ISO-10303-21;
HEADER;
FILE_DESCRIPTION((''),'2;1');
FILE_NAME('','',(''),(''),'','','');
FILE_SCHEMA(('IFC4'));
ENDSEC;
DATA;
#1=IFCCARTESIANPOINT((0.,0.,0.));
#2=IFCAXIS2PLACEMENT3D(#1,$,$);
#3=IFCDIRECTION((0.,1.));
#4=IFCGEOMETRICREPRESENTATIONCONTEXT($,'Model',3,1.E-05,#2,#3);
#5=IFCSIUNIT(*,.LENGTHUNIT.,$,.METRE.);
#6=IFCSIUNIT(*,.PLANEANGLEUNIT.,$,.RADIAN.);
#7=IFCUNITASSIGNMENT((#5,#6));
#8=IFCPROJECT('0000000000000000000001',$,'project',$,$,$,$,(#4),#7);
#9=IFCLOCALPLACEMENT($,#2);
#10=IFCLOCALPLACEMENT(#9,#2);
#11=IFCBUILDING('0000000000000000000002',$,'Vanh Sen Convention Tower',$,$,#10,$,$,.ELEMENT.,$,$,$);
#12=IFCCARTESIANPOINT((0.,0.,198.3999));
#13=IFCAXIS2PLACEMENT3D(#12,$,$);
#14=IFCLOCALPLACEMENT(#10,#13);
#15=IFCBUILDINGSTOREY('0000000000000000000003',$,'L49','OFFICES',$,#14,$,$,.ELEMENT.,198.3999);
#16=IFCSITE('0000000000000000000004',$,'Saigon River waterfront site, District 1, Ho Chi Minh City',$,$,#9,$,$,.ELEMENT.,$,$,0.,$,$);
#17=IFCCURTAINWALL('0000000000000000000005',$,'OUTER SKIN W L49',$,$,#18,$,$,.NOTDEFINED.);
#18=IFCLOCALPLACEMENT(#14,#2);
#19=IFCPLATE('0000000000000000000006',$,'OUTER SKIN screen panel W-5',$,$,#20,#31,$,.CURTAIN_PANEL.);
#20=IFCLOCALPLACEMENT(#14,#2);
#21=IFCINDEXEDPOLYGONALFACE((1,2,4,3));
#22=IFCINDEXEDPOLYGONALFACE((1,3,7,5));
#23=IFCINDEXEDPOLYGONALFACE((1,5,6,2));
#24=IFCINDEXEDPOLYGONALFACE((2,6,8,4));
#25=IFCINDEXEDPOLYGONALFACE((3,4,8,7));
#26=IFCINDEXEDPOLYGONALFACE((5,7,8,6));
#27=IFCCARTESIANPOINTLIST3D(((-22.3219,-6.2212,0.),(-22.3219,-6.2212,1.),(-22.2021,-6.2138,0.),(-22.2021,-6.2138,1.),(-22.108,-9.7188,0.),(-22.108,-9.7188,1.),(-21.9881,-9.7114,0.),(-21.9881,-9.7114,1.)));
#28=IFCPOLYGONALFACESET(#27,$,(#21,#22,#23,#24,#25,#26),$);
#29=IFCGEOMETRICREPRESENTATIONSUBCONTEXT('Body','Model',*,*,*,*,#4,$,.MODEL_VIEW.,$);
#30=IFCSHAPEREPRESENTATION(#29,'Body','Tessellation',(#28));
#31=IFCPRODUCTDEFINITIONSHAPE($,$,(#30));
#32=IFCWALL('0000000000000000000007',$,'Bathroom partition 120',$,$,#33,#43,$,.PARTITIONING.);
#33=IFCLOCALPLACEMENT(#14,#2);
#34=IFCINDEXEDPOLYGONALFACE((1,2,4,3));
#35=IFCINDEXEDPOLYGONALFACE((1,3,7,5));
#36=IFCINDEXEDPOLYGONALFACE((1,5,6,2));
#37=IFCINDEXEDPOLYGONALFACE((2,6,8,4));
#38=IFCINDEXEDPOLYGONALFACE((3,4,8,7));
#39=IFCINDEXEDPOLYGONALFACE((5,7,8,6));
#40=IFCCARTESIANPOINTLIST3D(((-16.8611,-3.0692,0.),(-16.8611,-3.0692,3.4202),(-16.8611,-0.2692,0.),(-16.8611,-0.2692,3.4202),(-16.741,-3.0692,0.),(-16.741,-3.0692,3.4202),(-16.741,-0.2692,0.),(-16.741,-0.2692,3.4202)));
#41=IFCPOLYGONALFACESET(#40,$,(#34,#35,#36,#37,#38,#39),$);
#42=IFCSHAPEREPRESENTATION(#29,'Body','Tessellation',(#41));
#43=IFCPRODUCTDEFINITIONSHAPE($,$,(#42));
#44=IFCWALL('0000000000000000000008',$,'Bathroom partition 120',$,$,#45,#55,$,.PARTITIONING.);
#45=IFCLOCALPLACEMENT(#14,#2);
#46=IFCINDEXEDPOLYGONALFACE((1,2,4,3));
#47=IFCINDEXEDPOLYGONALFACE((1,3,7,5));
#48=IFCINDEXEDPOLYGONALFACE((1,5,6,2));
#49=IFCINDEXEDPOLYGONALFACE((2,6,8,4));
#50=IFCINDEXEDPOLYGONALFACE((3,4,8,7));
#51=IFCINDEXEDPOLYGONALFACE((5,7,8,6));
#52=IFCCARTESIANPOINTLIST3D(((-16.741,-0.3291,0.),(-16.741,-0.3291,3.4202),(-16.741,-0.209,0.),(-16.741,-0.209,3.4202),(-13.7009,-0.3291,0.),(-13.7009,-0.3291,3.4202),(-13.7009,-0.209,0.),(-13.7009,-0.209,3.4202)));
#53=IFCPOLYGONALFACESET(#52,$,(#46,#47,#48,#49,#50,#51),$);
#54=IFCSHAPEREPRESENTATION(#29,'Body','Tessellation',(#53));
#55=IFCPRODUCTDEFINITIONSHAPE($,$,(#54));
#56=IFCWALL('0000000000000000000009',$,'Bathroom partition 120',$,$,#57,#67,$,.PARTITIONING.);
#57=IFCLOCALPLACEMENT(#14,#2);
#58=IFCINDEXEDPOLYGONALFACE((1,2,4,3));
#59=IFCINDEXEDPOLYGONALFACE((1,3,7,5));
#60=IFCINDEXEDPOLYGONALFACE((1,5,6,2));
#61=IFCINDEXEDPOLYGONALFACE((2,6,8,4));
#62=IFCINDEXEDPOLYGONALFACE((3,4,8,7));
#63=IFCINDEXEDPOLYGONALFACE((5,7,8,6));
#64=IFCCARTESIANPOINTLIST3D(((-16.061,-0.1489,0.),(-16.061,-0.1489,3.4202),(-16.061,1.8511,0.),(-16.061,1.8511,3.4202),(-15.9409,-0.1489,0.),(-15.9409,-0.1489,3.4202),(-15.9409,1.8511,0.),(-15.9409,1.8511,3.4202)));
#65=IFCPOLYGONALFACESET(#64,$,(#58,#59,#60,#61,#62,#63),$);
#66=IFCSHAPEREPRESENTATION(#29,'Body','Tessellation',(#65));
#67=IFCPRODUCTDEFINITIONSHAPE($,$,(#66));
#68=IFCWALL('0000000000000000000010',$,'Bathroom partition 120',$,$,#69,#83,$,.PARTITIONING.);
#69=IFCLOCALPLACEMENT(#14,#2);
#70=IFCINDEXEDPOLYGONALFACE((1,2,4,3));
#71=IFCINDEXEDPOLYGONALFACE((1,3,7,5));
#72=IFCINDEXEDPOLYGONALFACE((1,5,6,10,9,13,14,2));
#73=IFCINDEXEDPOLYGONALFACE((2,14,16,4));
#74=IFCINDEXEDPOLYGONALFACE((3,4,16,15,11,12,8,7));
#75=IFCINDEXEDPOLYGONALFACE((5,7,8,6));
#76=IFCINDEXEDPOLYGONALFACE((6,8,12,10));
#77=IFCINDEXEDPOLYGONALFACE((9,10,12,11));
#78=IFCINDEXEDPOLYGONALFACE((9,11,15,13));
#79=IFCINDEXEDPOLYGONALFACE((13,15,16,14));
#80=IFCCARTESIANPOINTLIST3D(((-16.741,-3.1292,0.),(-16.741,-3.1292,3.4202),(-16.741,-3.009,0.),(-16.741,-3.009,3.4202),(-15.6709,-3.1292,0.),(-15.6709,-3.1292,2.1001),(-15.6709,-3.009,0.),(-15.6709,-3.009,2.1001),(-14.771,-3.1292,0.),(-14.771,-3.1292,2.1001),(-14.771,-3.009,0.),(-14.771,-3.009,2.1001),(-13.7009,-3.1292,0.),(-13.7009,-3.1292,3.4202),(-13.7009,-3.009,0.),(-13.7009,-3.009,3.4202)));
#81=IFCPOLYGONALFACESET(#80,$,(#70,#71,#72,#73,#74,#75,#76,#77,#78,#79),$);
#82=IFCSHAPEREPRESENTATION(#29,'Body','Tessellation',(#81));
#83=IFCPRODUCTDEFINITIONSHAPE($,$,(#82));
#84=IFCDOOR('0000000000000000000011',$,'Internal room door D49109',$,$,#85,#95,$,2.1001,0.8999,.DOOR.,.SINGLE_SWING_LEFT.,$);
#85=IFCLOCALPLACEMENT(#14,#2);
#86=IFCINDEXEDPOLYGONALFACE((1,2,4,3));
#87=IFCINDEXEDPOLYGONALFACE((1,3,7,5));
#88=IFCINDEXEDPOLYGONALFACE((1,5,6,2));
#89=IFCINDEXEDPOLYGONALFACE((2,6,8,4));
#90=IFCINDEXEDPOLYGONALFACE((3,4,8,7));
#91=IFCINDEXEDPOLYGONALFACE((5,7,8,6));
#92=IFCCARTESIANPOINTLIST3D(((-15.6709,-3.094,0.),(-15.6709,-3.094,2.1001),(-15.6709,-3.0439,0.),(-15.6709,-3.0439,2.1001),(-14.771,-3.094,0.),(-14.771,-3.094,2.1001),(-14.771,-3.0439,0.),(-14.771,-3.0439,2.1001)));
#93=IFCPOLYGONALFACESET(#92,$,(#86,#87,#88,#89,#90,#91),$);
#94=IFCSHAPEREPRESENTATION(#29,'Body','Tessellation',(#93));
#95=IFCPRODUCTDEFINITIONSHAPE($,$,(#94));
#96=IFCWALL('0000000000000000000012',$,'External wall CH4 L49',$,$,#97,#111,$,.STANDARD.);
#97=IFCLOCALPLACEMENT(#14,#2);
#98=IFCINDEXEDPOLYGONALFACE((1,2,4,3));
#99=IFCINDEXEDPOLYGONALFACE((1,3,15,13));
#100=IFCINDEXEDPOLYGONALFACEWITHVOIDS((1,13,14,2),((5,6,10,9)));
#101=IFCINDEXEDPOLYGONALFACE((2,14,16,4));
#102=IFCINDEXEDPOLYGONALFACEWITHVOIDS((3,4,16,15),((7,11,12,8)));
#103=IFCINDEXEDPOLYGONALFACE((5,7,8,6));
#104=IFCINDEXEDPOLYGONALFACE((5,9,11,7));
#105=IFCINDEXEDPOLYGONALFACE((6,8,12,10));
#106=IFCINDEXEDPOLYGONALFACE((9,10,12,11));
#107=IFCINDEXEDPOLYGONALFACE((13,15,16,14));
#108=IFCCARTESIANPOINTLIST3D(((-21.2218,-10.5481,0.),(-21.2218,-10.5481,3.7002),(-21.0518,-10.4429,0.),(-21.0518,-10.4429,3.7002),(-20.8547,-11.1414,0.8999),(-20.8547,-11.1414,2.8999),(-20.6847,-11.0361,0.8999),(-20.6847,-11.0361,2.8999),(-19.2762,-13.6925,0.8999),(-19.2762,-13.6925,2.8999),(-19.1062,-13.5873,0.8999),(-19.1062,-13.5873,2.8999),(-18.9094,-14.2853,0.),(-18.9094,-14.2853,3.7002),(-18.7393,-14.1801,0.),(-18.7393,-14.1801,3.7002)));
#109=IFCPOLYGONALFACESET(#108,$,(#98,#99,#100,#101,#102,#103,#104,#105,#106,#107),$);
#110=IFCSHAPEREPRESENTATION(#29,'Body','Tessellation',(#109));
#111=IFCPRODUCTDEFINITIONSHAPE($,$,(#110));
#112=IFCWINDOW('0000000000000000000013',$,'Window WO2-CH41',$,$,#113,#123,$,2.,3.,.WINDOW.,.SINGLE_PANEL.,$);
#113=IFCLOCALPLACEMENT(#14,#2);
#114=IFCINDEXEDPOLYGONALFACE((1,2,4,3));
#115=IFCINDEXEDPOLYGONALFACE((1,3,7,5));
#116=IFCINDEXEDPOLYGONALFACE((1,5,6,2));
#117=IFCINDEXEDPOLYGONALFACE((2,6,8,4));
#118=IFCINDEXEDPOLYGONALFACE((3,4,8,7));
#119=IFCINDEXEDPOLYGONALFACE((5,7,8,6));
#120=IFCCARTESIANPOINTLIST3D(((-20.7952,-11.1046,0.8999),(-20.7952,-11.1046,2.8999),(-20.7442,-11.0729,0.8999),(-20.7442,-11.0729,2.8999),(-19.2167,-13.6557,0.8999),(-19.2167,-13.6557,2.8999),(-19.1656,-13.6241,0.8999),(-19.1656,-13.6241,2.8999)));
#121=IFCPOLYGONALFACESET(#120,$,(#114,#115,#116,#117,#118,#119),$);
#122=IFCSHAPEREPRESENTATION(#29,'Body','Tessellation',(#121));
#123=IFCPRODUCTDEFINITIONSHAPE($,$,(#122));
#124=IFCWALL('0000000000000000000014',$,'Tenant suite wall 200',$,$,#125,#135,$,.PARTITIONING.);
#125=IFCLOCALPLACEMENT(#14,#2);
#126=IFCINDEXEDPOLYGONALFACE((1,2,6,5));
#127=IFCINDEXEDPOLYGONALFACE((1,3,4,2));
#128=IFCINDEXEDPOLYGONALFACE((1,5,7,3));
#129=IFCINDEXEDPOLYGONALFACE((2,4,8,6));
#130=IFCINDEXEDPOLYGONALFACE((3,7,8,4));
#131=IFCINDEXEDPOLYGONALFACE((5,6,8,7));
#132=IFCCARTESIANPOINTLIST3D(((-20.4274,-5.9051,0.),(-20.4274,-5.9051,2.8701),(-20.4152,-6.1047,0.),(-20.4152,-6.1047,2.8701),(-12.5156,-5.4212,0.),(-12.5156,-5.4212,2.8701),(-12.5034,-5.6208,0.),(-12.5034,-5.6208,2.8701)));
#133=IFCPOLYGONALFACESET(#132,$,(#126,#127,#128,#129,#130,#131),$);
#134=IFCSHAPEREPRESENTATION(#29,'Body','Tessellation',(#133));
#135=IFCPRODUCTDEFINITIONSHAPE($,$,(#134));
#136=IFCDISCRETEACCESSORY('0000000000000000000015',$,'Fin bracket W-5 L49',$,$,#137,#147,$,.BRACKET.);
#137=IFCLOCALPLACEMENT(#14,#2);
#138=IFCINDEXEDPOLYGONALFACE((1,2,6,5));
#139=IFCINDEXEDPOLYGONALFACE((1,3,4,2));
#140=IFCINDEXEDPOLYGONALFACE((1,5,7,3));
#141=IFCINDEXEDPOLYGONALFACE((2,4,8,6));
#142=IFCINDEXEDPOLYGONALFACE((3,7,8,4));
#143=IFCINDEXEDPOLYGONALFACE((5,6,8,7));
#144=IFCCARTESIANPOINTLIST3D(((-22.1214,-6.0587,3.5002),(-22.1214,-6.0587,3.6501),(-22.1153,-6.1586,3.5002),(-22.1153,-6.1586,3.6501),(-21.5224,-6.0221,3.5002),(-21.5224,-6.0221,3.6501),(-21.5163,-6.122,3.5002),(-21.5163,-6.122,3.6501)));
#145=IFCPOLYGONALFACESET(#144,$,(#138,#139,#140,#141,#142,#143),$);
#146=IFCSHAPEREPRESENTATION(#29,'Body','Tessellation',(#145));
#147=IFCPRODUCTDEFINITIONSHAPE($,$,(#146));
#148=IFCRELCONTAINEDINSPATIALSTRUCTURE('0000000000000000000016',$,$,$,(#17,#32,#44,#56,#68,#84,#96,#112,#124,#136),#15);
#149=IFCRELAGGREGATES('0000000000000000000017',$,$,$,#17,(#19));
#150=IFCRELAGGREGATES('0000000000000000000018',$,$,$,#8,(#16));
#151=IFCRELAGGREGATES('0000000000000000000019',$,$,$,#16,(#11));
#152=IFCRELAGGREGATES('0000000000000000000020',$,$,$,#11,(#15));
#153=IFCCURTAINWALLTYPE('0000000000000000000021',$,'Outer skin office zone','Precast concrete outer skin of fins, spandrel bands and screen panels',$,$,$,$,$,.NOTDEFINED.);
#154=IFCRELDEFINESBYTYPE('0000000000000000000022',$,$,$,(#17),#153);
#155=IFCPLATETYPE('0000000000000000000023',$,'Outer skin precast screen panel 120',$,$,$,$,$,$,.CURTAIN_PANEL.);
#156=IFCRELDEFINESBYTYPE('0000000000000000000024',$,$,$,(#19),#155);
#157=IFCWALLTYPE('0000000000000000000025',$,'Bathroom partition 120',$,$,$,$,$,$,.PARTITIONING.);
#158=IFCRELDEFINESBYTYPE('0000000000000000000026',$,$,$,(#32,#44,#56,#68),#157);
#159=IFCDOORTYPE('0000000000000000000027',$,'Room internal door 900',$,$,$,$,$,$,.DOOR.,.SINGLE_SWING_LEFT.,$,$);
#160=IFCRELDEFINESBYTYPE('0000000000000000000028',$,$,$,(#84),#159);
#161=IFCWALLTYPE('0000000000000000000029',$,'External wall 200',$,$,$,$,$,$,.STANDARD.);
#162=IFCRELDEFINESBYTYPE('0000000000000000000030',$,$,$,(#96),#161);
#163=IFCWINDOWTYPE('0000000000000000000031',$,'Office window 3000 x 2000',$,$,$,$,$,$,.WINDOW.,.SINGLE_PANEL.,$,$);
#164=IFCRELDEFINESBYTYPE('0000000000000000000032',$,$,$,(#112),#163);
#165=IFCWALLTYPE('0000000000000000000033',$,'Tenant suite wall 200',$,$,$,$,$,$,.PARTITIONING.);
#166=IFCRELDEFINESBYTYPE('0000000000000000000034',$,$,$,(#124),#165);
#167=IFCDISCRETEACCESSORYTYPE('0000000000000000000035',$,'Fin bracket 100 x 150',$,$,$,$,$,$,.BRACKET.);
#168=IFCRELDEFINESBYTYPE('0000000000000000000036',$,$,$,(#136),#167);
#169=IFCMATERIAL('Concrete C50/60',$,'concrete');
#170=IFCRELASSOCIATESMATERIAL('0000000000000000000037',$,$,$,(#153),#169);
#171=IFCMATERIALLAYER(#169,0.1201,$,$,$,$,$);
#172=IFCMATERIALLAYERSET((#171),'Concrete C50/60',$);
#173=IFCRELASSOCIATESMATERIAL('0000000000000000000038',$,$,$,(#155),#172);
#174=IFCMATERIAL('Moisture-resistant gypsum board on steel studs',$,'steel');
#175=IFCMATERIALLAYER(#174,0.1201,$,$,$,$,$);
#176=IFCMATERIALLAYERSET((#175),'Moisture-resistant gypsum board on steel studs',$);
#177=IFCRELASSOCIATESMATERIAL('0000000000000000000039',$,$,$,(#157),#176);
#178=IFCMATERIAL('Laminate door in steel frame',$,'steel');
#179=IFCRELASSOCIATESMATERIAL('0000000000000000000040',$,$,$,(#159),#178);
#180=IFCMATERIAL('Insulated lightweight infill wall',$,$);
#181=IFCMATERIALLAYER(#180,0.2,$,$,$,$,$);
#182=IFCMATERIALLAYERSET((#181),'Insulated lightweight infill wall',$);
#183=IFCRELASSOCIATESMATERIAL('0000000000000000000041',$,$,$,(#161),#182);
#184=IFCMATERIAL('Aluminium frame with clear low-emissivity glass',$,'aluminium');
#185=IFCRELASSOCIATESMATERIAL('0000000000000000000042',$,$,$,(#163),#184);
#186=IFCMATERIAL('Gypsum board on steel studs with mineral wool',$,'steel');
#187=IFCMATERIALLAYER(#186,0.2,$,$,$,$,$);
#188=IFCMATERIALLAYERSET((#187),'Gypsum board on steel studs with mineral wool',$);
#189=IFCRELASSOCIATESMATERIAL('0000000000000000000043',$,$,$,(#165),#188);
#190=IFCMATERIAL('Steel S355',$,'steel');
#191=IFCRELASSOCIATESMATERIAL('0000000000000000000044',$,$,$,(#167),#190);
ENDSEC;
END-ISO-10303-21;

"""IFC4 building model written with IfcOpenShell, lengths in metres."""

from ifc_helpers import new_model, si_unit, direction, frame, frame_2d, origin, origin_2d, place, context, subcontext, project, spatial, rectangle, extrude, material, layer, layer_set, type_object, element, fill, aggregate, save


model = new_model("IFC4")

# Units and contexts
model_context = context("Model", 3, precision=1e-05, world=origin(), true_north=direction((0.0, 1.0)))
body_context = subcontext(model_context, "Body", "Model", "MODEL_VIEW")
ifc_project = project(units=[si_unit("LENGTHUNIT", "METRE"), si_unit("PLANEANGLEUNIT", "RADIAN")], contexts=[model_context])

# Site, building, storey
site_placement = place(None, origin())
site = spatial("IfcSite", under=ifc_project, at=site_placement, Name="Saigon River waterfront site, District 1, Ho Chi Minh City", CompositionType="ELEMENT", RefElevation=0.0)
building_placement = place(site_placement, origin())
building = spatial("IfcBuilding", under=site, at=building_placement, Name="Vanh Sen Convention Tower", CompositionType="ELEMENT")
storey_placement = place(building_placement, frame((0.0, 0.0, 198.3999)))
storey = spatial("IfcBuildingStorey", under=building, at=storey_placement, Name="L49", Description="OFFICES", CompositionType="ELEMENT", Elevation=198.3999)

# Curtain wall
ifc_material_1 = material(Name="Concrete C50/60", Category="concrete")
curtain_wall_type = type_object("IfcCurtainWallType", Name="Outer skin office zone", Description="Precast concrete outer skin of fins, spandrel bands and screen panels", PredefinedType="NOTDEFINED", material=ifc_material_1)
curtain_wall_1_placement = place(storey_placement, origin())
curtain_wall_1 = element("IfcCurtainWall", 1, at=curtain_wall_1_placement, inside=storey, type_object=curtain_wall_type, Name="OUTER SKIN W L49", PredefinedType="NOTDEFINED")

# Plate
ifc_layer_1 = layer(ifc_material_1, 0.1201)
ifc_layer_set_1 = layer_set([ifc_layer_1], Name="Concrete C50/60")
plate_type = type_object("IfcPlateType", Name="Outer skin precast screen panel 120", PredefinedType="CURTAIN_PANEL", material=ifc_layer_set_1)
plate_1_placement = place(storey_placement, frame((-22.155, -7.9663, 0.0), z_axis=(0.0, 0.0, 1.0), x_axis=(0.061054, -0.998134, 0.0)))
plate_1 = element("IfcPlate", 2, at=plate_1_placement, type_object=plate_type, Name="OUTER SKIN screen panel W-5", PredefinedType="CURTAIN_PANEL", context=body_context, shape_type="SweptSolid", body=[
    extrude(rectangle(XDim=3.5042, YDim=0.1201, at=origin_2d()), origin(), (0.0, 0.0, 1.0), 1.0),
])
aggregate(curtain_wall_1, [plate_1])

# Walls
ifc_material_2 = material(Name="Moisture-resistant gypsum board on steel studs", Category="steel")
ifc_layer_2 = layer(ifc_material_2, 0.1201)
ifc_layer_set_2 = layer_set([ifc_layer_2], Name="Moisture-resistant gypsum board on steel studs")
wall_type_1 = type_object("IfcWallType", Name="Bathroom partition 120", PredefinedType="PARTITIONING", material=ifc_layer_set_2)
wall_1_placement = place(storey_placement, frame((-16.801, -3.0691, 0.0), z_axis=(0.0, 0.0, 1.0), x_axis=(0.0, 1.0, 0.0)))
element("IfcWall", 3, at=wall_1_placement, inside=storey, type_object=wall_type_1, Name="Bathroom partition 120", PredefinedType="PARTITIONING", context=body_context, shape_type="SweptSolid", body=[
    extrude(rectangle(XDim=2.8, YDim=0.1201, at=frame_2d((1.3999, 0.0))), origin(), (0.0, 0.0, 1.0), 3.4202),
])
wall_2_placement = place(storey_placement, frame((-16.741, -0.269, 0.0), z_axis=(0.0, 0.0, 1.0), x_axis=(1.0, 0.0, 0.0)))
element("IfcWall", 4, at=wall_2_placement, inside=storey, type_object=wall_type_1, Name="Bathroom partition 120", PredefinedType="PARTITIONING", context=body_context, shape_type="SweptSolid", body=[
    extrude(rectangle(XDim=3.04, YDim=0.1201, at=frame_2d((1.52, 0.0))), origin(), (0.0, 0.0, 1.0), 3.4202),
])
wall_3_placement = place(storey_placement, frame((-16.001, -0.1489, 0.0), z_axis=(0.0, 0.0, 1.0), x_axis=(0.0, 1.0, 0.0)))
element("IfcWall", 5, at=wall_3_placement, inside=storey, type_object=wall_type_1, Name="Bathroom partition 120", PredefinedType="PARTITIONING", context=body_context, shape_type="SweptSolid", body=[
    extrude(rectangle(XDim=2.0, YDim=0.1201, at=frame_2d((1.0, 0.0))), origin(), (0.0, 0.0, 1.0), 3.4202),
])

# Wall, opening, door
wall_4_placement = place(storey_placement, frame((-13.7009, -3.0691, 0.0), z_axis=(0.0, 0.0, 1.0), x_axis=(-1.0, 0.0, 0.0)))
wall_4 = element("IfcWall", 6, at=wall_4_placement, inside=storey, type_object=wall_type_1, Name="Bathroom partition 120", PredefinedType="PARTITIONING", context=body_context, shape_type="SweptSolid", body=[
    extrude(rectangle(XDim=3.04, YDim=0.1201, at=frame_2d((1.52, 0.0))), origin(), (0.0, 0.0, 1.0), 3.4202),
])
opening_1_placement = place(wall_4_placement, frame((1.0701, 0.0, 0.0)))
opening_1 = element("IfcOpeningElement", 7, at=opening_1_placement, cuts=wall_4, PredefinedType="OPENING", context=body_context, shape_type="SweptSolid", body=[
    extrude(rectangle(XDim=0.8999, YDim=2.1001, at=frame_2d((0.45, 1.05))), frame((0.0, 0.0701, 0.0), z_axis=(0.0, -1.0, 0.0), x_axis=(1.0, 0.0, 0.0)), (0.0, 0.0, 1.0), 0.1401),
])
ifc_material_3 = material(Name="Laminate door in steel frame", Category="steel")
door_type = type_object("IfcDoorType", Name="Room internal door 900", OperationType="SINGLE_SWING_LEFT", PredefinedType="DOOR", material=ifc_material_3)
door_placement = place(opening_1_placement, origin())
door = element("IfcDoor", 8, at=door_placement, inside=storey, type_object=door_type, Name="Internal room door D49109", OperationType="SINGLE_SWING_LEFT", OverallHeight=2.1001, OverallWidth=0.8999, PredefinedType="DOOR", context=body_context, shape_type="SweptSolid", body=[
    extrude(rectangle(XDim=0.8999, YDim=2.1001, at=frame_2d((0.45, 1.05))), frame((0.0, 0.0249, 0.0), z_axis=(0.0, -1.0, 0.0), x_axis=(1.0, 0.0, 0.0)), (0.0, 0.0, 1.0), 0.05),
])
fill(opening_1, door)

# Wall, opening, window
ifc_material_4 = material(Name="Insulated lightweight infill wall")
ifc_layer_3 = layer(ifc_material_4, 0.2)
ifc_layer_set_3 = layer_set([ifc_layer_3], Name="Insulated lightweight infill wall")
wall_type_2 = type_object("IfcWallType", Name="External wall 200", PredefinedType="STANDARD", material=ifc_layer_set_3)
wall_5_placement = place(storey_placement, frame((-21.1367, -10.4956, 0.0), z_axis=(0.0, 0.0, 1.0), x_axis=(0.526179, -0.850374, 0.0)))
wall_5 = element("IfcWall", 9, at=wall_5_placement, inside=storey, type_object=wall_type_2, Name="External wall CH4 L49", PredefinedType="STANDARD", context=body_context, shape_type="SweptSolid", body=[
    extrude(rectangle(XDim=4.3948, YDim=0.2, at=frame_2d((2.1973, 0.0))), origin(), (0.0, 0.0, 1.0), 3.7002),
])
opening_2_placement = place(wall_5_placement, frame((0.6975, 0.0, 0.8999)))
opening_2 = element("IfcOpeningElement", 10, at=opening_2_placement, cuts=wall_5, PredefinedType="OPENING", context=body_context, shape_type="SweptSolid", body=[
    extrude(rectangle(XDim=3.0, YDim=2.0, at=frame_2d((1.5, 1.0))), frame((0.0, 0.1099, 0.0), z_axis=(0.0, -1.0, 0.0), x_axis=(1.0, 0.0, 0.0)), (0.0, 0.0, 1.0), 0.22),
])
ifc_material_5 = material(Name="Aluminium frame with clear low-emissivity glass", Category="aluminium")
window_type = type_object("IfcWindowType", Name="Office window 3000 x 2000", PartitioningType="SINGLE_PANEL", PredefinedType="WINDOW", material=ifc_material_5)
window_placement = place(opening_2_placement, origin())
window = element("IfcWindow", 11, at=window_placement, inside=storey, type_object=window_type, Name="Window WO2-CH41", OverallHeight=2.0, OverallWidth=3.0, PartitioningType="SINGLE_PANEL", PredefinedType="WINDOW", context=body_context, shape_type="SweptSolid", body=[
    extrude(rectangle(XDim=3.0, YDim=2.0, at=frame_2d((1.5, 1.0))), frame((0.0, 0.03, 0.0), z_axis=(0.0, -1.0, 0.0), x_axis=(1.0, 0.0, 0.0)), (0.0, 0.0, 1.0), 0.0601),
])
fill(opening_2, window)

# Wall
ifc_material_6 = material(Name="Gypsum board on steel studs with mineral wool", Category="steel")
ifc_layer_4 = layer(ifc_material_6, 0.2)
ifc_layer_set_4 = layer_set([ifc_layer_4], Name="Gypsum board on steel studs with mineral wool")
wall_type_3 = type_object("IfcWallType", Name="Tenant suite wall 200", PredefinedType="PARTITIONING", material=ifc_layer_set_4)
wall_6_placement = place(storey_placement, frame((-20.4214, -6.0049, 0.0), z_axis=(0.0, 0.0, 1.0), x_axis=(0.998135, 0.061047, 0.0)))
element("IfcWall", 12, at=wall_6_placement, inside=storey, type_object=wall_type_3, Name="Tenant suite wall 200", PredefinedType="PARTITIONING", context=body_context, shape_type="SweptSolid", body=[
    extrude(rectangle(XDim=7.9265, YDim=0.2, at=frame_2d((3.9634, 0.0))), origin(), (0.0, 0.0, 1.0), 2.8701),
])

# Discrete accessory
ifc_material_7 = material(Name="Steel S355", Category="steel")
discrete_accessory_type = type_object("IfcDiscreteAccessoryType", Name="Fin bracket 100 x 150", PredefinedType="BRACKET", material=ifc_material_7)
discrete_accessory_placement = place(storey_placement, frame((-21.8188, -6.0903, 3.5002), z_axis=(0.0, 0.0, 1.0), x_axis=(-0.998135, -0.061049, 0.0)))
element("IfcDiscreteAccessory", 13, at=discrete_accessory_placement, inside=storey, type_object=discrete_accessory_type, Name="Fin bracket W-5 L49", PredefinedType="BRACKET", context=body_context, shape_type="SweptSolid", body=[
    extrude(rectangle(XDim=0.6001, YDim=0.1001, at=origin_2d()), origin(), (0.0, 0.0, 1.0), 0.1499),
])

save(model, "model.ifc")
